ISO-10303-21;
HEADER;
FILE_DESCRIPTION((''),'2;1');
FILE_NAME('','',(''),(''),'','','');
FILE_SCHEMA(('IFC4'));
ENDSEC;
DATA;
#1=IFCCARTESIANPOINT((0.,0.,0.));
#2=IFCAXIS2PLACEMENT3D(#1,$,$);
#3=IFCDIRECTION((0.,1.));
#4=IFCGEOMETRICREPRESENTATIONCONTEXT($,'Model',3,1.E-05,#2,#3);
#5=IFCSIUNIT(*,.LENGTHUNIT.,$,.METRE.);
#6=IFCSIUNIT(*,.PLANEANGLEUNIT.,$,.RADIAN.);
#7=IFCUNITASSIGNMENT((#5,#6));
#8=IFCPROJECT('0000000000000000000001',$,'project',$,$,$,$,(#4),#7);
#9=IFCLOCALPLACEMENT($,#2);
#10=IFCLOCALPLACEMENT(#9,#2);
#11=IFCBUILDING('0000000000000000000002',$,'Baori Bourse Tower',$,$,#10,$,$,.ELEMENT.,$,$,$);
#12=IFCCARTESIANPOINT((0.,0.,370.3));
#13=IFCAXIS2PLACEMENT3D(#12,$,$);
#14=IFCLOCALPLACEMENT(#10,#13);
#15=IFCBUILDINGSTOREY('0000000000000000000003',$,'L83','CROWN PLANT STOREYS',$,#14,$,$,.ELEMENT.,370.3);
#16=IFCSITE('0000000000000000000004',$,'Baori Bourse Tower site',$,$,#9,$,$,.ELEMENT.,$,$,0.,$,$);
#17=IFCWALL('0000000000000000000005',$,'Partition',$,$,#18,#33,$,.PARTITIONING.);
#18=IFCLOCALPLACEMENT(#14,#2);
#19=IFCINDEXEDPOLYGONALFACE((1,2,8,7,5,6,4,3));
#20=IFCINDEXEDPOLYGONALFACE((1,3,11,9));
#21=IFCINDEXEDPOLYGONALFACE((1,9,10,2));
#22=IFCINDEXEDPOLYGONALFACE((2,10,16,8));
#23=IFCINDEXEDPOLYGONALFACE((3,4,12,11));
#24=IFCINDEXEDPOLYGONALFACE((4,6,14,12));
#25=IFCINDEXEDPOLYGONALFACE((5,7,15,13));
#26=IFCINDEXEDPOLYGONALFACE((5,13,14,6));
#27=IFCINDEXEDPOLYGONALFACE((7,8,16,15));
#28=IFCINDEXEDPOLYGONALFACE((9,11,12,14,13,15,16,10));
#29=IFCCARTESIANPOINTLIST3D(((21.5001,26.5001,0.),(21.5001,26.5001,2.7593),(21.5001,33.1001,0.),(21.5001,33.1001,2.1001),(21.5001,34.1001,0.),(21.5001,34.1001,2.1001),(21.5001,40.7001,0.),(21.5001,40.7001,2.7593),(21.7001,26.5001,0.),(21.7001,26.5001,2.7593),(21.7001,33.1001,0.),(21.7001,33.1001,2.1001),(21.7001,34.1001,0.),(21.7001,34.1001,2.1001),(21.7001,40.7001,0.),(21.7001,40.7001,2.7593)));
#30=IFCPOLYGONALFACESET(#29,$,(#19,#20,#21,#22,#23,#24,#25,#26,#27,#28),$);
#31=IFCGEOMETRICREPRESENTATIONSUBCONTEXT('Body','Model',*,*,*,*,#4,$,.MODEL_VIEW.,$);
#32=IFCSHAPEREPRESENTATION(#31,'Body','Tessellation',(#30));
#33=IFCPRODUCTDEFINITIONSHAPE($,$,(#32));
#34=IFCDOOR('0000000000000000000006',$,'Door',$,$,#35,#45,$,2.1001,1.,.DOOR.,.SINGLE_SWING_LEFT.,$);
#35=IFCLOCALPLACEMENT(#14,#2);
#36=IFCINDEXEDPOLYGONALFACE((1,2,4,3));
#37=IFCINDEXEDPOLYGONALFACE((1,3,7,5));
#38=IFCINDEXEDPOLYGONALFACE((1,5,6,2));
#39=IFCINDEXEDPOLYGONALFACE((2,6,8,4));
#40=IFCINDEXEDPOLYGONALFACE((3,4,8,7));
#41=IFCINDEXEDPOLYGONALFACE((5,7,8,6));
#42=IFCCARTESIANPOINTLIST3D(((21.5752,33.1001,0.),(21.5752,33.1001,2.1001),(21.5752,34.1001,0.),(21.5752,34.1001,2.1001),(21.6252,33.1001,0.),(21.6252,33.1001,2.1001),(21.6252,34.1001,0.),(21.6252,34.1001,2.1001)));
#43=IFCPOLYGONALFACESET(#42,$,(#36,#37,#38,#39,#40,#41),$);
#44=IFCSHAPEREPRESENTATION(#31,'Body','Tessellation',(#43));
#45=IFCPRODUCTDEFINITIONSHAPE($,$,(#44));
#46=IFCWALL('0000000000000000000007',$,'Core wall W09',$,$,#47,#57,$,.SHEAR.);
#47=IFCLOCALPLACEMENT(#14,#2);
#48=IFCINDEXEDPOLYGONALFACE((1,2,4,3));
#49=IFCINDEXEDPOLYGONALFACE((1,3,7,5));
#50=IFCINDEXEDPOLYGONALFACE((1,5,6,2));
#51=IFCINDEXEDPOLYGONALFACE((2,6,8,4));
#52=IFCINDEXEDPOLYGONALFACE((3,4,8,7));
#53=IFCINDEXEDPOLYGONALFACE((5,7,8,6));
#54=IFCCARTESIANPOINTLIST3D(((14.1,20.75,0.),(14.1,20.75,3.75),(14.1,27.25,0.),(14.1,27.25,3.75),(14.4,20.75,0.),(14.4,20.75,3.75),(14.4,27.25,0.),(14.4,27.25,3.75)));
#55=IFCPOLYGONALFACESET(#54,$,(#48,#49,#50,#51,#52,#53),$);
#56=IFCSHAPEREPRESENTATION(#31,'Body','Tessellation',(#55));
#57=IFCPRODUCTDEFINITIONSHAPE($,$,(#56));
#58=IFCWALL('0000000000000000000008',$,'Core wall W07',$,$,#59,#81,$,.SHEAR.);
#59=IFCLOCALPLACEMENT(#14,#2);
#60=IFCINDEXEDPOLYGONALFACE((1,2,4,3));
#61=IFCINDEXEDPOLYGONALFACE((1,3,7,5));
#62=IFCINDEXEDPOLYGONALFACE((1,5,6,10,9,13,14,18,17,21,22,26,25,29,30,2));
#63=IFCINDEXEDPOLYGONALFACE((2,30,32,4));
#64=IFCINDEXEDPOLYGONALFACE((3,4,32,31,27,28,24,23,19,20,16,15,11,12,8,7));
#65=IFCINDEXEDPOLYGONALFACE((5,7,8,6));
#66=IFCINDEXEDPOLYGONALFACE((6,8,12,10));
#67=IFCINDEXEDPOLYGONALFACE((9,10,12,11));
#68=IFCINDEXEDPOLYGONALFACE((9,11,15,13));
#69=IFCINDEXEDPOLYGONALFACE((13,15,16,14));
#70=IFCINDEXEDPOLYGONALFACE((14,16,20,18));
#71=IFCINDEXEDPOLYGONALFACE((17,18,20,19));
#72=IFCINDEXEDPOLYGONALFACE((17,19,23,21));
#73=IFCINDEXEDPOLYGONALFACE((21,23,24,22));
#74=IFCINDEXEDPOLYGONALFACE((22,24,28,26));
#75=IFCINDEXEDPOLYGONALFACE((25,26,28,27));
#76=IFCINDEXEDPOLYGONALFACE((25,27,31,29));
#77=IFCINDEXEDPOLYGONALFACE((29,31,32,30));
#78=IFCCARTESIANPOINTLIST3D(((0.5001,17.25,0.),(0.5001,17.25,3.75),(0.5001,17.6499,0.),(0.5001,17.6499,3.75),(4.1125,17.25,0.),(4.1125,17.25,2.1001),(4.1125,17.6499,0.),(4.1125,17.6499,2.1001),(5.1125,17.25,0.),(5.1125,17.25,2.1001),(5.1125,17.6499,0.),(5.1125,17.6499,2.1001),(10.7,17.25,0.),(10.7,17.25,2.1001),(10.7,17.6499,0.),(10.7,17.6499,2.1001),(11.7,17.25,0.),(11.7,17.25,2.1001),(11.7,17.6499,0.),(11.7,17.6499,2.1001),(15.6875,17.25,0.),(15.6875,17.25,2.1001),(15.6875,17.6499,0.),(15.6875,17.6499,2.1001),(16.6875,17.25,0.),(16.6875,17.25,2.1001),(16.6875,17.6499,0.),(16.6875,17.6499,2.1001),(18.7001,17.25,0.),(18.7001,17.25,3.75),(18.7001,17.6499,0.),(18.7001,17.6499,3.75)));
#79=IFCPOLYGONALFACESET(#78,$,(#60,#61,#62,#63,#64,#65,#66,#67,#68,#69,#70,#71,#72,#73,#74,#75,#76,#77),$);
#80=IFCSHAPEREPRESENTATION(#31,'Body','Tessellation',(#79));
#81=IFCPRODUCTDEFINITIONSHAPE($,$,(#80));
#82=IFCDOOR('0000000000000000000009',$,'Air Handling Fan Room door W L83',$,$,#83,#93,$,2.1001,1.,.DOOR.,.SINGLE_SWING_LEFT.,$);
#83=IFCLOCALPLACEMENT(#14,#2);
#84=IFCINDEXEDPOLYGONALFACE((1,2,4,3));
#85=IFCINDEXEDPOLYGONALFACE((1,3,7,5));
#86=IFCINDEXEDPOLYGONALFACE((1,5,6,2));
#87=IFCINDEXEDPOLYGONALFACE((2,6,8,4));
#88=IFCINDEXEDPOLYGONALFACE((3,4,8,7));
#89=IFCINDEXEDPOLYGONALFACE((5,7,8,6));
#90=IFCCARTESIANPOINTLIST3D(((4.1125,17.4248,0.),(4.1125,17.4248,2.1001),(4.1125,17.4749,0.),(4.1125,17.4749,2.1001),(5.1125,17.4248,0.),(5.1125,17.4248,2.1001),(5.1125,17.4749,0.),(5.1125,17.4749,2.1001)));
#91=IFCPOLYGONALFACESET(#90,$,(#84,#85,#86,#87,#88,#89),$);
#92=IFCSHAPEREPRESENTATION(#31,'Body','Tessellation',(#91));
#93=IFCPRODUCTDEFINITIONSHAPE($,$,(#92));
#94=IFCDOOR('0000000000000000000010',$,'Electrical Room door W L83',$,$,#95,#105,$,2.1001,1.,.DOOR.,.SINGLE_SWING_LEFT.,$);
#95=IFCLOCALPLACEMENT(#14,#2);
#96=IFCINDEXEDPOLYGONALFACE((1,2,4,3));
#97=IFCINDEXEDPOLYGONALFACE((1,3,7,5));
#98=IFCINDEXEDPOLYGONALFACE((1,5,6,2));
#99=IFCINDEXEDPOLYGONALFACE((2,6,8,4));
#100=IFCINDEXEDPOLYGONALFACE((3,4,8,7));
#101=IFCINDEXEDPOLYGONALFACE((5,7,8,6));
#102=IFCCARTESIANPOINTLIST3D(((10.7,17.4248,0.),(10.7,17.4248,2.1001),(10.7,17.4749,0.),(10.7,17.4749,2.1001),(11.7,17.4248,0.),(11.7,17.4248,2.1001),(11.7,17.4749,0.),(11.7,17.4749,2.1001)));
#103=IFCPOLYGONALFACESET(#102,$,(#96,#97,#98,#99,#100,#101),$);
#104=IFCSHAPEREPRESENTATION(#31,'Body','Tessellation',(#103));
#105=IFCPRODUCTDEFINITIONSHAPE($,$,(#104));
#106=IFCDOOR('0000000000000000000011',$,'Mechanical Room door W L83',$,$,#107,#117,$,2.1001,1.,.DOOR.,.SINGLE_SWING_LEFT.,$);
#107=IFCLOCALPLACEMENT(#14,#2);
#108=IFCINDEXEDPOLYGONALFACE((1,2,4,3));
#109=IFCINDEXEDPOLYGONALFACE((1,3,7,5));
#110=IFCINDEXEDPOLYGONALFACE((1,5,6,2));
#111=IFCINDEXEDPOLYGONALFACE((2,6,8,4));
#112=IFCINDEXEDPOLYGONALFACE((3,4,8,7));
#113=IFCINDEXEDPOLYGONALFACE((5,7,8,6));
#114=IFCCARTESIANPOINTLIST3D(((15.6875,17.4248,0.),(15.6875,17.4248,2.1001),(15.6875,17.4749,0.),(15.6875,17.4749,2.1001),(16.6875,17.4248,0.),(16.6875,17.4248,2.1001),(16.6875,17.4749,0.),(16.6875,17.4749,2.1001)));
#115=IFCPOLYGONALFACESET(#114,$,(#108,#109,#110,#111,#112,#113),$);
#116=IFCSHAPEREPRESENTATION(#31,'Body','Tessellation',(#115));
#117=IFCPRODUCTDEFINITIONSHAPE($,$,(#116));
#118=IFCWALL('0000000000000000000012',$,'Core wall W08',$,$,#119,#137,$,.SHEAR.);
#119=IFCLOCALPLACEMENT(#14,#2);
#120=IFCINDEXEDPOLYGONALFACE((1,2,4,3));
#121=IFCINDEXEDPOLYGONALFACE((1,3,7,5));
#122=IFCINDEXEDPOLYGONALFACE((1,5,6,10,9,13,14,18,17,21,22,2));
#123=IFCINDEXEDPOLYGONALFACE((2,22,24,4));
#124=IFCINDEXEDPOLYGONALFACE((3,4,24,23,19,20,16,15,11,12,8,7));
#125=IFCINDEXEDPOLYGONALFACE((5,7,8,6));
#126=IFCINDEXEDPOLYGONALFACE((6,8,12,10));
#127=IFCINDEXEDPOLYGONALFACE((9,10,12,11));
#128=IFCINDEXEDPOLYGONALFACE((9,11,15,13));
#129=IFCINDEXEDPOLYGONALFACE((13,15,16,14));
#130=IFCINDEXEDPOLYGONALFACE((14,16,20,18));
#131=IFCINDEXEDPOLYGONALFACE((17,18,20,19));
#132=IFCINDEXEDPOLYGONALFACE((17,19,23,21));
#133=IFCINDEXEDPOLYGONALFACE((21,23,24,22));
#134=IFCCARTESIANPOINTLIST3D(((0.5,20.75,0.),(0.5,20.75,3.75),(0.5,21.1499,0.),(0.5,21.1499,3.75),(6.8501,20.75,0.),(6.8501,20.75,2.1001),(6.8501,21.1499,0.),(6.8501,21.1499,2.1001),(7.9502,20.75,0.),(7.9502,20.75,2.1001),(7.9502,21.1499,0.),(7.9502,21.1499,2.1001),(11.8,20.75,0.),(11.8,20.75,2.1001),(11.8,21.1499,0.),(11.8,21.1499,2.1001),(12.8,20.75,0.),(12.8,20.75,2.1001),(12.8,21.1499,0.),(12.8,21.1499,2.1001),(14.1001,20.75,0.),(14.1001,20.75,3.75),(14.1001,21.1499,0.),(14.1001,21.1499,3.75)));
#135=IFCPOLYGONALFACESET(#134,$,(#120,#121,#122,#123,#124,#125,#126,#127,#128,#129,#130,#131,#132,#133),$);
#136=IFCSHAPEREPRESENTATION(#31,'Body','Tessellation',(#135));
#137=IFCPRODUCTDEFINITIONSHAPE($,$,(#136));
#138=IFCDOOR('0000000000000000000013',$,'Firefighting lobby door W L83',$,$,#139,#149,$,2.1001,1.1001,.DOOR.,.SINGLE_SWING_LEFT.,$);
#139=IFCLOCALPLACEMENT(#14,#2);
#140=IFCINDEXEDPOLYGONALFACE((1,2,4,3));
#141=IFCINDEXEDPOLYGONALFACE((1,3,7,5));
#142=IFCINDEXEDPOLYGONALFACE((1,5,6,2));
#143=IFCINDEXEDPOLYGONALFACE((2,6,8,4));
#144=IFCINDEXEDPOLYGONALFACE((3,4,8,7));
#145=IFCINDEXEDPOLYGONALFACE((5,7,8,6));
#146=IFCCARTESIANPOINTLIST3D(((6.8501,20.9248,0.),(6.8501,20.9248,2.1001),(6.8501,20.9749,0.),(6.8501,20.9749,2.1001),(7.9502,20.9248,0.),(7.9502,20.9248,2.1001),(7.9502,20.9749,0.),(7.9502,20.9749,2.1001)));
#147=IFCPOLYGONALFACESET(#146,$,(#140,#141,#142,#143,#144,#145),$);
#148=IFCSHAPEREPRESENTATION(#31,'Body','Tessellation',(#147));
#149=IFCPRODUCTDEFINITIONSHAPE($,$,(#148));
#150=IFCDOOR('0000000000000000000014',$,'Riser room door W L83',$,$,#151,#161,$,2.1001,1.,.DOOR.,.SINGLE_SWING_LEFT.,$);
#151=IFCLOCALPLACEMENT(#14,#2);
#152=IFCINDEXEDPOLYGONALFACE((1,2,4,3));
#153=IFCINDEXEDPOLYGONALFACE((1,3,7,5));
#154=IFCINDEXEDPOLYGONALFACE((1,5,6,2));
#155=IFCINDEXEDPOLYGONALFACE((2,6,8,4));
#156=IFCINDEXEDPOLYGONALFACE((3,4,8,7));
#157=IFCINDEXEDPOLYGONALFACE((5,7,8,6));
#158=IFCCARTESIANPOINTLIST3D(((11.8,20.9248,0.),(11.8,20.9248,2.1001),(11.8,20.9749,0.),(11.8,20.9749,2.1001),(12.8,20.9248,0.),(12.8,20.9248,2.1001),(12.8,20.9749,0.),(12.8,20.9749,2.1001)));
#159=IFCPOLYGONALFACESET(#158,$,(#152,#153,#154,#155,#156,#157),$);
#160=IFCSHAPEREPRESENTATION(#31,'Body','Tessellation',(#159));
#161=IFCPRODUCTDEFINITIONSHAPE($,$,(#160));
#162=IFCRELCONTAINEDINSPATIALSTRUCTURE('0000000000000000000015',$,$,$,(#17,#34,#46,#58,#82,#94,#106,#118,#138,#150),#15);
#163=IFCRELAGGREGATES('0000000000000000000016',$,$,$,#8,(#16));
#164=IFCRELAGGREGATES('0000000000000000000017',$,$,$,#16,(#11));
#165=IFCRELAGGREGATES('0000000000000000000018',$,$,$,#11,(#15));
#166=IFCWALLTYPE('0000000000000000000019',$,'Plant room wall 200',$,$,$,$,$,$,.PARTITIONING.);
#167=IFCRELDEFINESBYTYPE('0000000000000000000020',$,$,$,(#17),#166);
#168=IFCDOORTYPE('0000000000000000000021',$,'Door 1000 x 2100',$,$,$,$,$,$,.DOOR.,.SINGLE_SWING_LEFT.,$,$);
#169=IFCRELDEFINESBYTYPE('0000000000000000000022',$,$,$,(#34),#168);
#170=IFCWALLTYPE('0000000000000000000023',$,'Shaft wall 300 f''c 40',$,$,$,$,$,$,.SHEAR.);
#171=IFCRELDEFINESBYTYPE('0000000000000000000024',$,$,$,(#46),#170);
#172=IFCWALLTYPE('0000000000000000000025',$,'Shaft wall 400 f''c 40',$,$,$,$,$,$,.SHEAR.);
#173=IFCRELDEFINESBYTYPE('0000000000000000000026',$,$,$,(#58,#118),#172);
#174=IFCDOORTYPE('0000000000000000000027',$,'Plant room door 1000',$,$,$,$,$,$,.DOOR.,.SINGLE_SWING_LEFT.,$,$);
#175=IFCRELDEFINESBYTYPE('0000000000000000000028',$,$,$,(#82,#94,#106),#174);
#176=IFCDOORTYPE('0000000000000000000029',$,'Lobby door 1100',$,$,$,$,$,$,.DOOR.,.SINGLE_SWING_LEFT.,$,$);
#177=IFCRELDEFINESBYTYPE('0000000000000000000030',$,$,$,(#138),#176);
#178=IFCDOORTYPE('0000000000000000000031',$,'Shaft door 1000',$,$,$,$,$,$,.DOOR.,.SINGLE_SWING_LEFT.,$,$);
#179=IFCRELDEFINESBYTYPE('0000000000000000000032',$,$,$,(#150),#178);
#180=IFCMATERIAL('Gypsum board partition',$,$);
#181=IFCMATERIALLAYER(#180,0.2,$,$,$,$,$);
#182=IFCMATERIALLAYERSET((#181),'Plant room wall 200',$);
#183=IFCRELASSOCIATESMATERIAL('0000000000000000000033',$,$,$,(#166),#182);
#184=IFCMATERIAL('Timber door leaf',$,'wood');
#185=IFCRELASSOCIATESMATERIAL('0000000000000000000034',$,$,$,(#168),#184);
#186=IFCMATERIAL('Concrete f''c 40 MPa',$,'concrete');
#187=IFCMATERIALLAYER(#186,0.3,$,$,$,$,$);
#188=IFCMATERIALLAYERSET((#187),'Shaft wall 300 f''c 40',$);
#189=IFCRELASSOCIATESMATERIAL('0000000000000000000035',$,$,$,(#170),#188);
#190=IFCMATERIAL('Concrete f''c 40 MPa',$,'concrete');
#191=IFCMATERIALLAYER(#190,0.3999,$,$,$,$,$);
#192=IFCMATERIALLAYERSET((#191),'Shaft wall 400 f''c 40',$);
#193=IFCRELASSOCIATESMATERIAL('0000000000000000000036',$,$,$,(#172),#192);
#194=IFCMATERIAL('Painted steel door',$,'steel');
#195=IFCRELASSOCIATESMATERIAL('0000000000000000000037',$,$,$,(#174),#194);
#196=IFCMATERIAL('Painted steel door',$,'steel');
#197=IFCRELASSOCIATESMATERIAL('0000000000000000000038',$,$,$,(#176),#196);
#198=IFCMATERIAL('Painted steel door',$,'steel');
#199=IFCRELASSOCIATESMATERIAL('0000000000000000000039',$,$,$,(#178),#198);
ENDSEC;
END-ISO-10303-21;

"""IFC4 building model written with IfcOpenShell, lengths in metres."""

from ifc_helpers import new_model, si_unit, direction, frame, frame_2d, origin, place, context, subcontext, project, spatial, rectangle, extrude, material, layer, layer_set, type_object, element, fill, save


model = new_model("IFC4")

# Units and contexts
model_context = context("Model", 3, precision=1e-05, world=origin(), true_north=direction((0.0, 1.0)))
body_context = subcontext(model_context, "Body", "Model", "MODEL_VIEW")
ifc_project = project(units=[si_unit("LENGTHUNIT", "METRE"), si_unit("PLANEANGLEUNIT", "RADIAN")], contexts=[model_context])

# Site, building, storey
site_placement = place(None, origin())
site = spatial("IfcSite", under=ifc_project, at=site_placement, Name="Baori Bourse Tower site", CompositionType="ELEMENT", RefElevation=0.0)
building_placement = place(site_placement, origin())
building = spatial("IfcBuilding", under=site, at=building_placement, Name="Baori Bourse Tower", CompositionType="ELEMENT")
storey_placement = place(building_placement, frame((0.0, 0.0, 370.3)))
storey = spatial("IfcBuildingStorey", under=building, at=storey_placement, Name="L83", Description="CROWN PLANT STOREYS", CompositionType="ELEMENT", Elevation=370.3)

# Shared definitions
ifc_material_1 = material(Name="Gypsum board partition")
ifc_layer_1 = layer(ifc_material_1, 0.2)
ifc_layer_set_1 = layer_set([ifc_layer_1], Name="Plant room wall 200")
wall_type_1 = type_object("IfcWallType", Name="Plant room wall 200", PredefinedType="PARTITIONING", material=ifc_layer_set_1)

# Wall, opening, door
ifc_material_2 = material(Name="Timber door leaf", Category="wood")
door_type_1 = type_object("IfcDoorType", Name="Door 1000 x 2100", OperationType="SINGLE_SWING_LEFT", PredefinedType="DOOR", material=ifc_material_2)
wall_1_placement = place(storey_placement, frame((21.6001, 26.5, 0.0), z_axis=(0.0, 0.0, 1.0), x_axis=(0.0, 1.0, 0.0)))
wall_1 = element("IfcWall", 1, at=wall_1_placement, inside=storey, type_object=wall_type_1, Name="Partition", PredefinedType="PARTITIONING", context=body_context, shape_type="SweptSolid", body=[
    extrude(rectangle(XDim=14.2, YDim=0.2, at=frame_2d((7.1001, 0.0))), origin(), (0.0, 0.0, 1.0), 2.7593),
])
opening_1_placement = place(wall_1_placement, frame((6.6001, 0.0, 0.0)))
opening_1 = element("IfcOpeningElement", 2, at=opening_1_placement, cuts=wall_1, PredefinedType="OPENING", context=body_context, shape_type="SweptSolid", body=[
    extrude(rectangle(XDim=1.0, YDim=2.1001, at=frame_2d((0.5, 1.05))), frame((0.0, 0.1099, 0.0), z_axis=(0.0, -1.0, 0.0), x_axis=(1.0, 0.0, 0.0)), (0.0, 0.0, 1.0), 0.22),
])
door_1_placement = place(opening_1_placement, origin())
door_1 = element("IfcDoor", 3, at=door_1_placement, inside=storey, type_object=door_type_1, Name="Door", OperationType="SINGLE_SWING_LEFT", OverallHeight=2.1001, OverallWidth=1.0, PredefinedType="DOOR", context=body_context, shape_type="SweptSolid", body=[
    extrude(rectangle(XDim=1.0, YDim=2.1001, at=frame_2d((0.5, 1.05))), frame((0.0, 0.0249, 0.0), z_axis=(0.0, -1.0, 0.0), x_axis=(1.0, 0.0, 0.0)), (0.0, 0.0, 1.0), 0.05),
])
fill(opening_1, door_1)

# Wall
ifc_material_3 = material(Name="Concrete f'c 40 MPa", Category="concrete")
ifc_layer_2 = layer(ifc_material_3, 0.3)
ifc_layer_set_2 = layer_set([ifc_layer_2], Name="Shaft wall 300 f'c 40")
wall_type_2 = type_object("IfcWallType", Name="Shaft wall 300 f'c 40", PredefinedType="SHEAR", material=ifc_layer_set_2)
wall_2_placement = place(storey_placement, frame((14.25, 20.75, 0.0), z_axis=(0.0, 0.0, 1.0), x_axis=(0.0, 1.0, 0.0)))
element("IfcWall", 4, at=wall_2_placement, inside=storey, type_object=wall_type_2, Name="Core wall W09", PredefinedType="SHEAR", context=body_context, shape_type="SweptSolid", body=[
    extrude(rectangle(XDim=6.5, YDim=0.3, at=frame_2d((3.25, 0.0))), origin(), (0.0, 0.0, 1.0), 3.75),
])

# Walls, openings, doors
ifc_material_4 = material(Name="Concrete f'c 40 MPa", Category="concrete")
ifc_layer_3 = layer(ifc_material_4, 0.3999)
ifc_layer_set_3 = layer_set([ifc_layer_3], Name="Shaft wall 400 f'c 40")
wall_type_3 = type_object("IfcWallType", Name="Shaft wall 400 f'c 40", PredefinedType="SHEAR", material=ifc_layer_set_3)
wall_3_placement = place(storey_placement, frame((0.5, 17.45, 0.0), z_axis=(0.0, 0.0, 1.0), x_axis=(1.0, 0.0, 0.0)))
wall_3 = element("IfcWall", 5, at=wall_3_placement, inside=storey, type_object=wall_type_3, Name="Core wall W07", PredefinedType="SHEAR", context=body_context, shape_type="SweptSolid", body=[
    extrude(rectangle(XDim=18.2, YDim=0.3999, at=frame_2d((9.1001, 0.0))), origin(), (0.0, 0.0, 1.0), 3.75),
])
opening_2_placement = place(wall_3_placement, frame((3.6125, 0.0, 0.0)))
opening_2 = element("IfcOpeningElement", 6, at=opening_2_placement, cuts=wall_3, PredefinedType="OPENING", context=body_context, shape_type="SweptSolid", body=[
    extrude(rectangle(XDim=1.0, YDim=2.1001, at=frame_2d((0.5, 1.05))), frame((0.0, 0.21, 0.0), z_axis=(0.0, -1.0, 0.0), x_axis=(1.0, 0.0, 0.0)), (0.0, 0.0, 1.0), 0.4199),
])
opening_3_placement = place(wall_3_placement, frame((10.2, 0.0, 0.0)))
opening_3 = element("IfcOpeningElement", 7, at=opening_3_placement, cuts=wall_3, PredefinedType="OPENING", context=body_context, shape_type="SweptSolid", body=[
    extrude(rectangle(XDim=1.0, YDim=2.1001, at=frame_2d((0.5, 1.05))), frame((0.0, 0.21, 0.0), z_axis=(0.0, -1.0, 0.0), x_axis=(1.0, 0.0, 0.0)), (0.0, 0.0, 1.0), 0.4199),
])
opening_4_placement = place(wall_3_placement, frame((15.1875, 0.0, 0.0)))
opening_4 = element("IfcOpeningElement", 8, at=opening_4_placement, cuts=wall_3, PredefinedType="OPENING", context=body_context, shape_type="SweptSolid", body=[
    extrude(rectangle(XDim=1.0, YDim=2.1001, at=frame_2d((0.5, 1.05))), frame((0.0, 0.21, 0.0), z_axis=(0.0, -1.0, 0.0), x_axis=(1.0, 0.0, 0.0)), (0.0, 0.0, 1.0), 0.4199),
])
ifc_material_5 = material(Name="Painted steel door", Category="steel")
door_type_2 = type_object("IfcDoorType", Name="Plant room door 1000", OperationType="SINGLE_SWING_LEFT", PredefinedType="DOOR", material=ifc_material_5)
door_2_placement = place(opening_2_placement, origin())
door_2 = element("IfcDoor", 9, at=door_2_placement, inside=storey, type_object=door_type_2, Name="Air Handling Fan Room door W L83", OperationType="SINGLE_SWING_LEFT", OverallHeight=2.1001, OverallWidth=1.0, PredefinedType="DOOR", context=body_context, shape_type="SweptSolid", body=[
    extrude(rectangle(XDim=1.0, YDim=2.1001, at=frame_2d((0.5, 1.05))), frame((0.0, 0.0249, 0.0), z_axis=(0.0, -1.0, 0.0), x_axis=(1.0, 0.0, 0.0)), (0.0, 0.0, 1.0), 0.05),
])
fill(opening_2, door_2)
door_3_placement = place(opening_3_placement, origin())
door_3 = element("IfcDoor", 10, at=door_3_placement, inside=storey, type_object=door_type_2, Name="Electrical Room door W L83", OperationType="SINGLE_SWING_LEFT", OverallHeight=2.1001, OverallWidth=1.0, PredefinedType="DOOR", context=body_context, shape_type="SweptSolid", body=[
    extrude(rectangle(XDim=1.0, YDim=2.1001, at=frame_2d((0.5, 1.05))), frame((0.0, 0.0249, 0.0), z_axis=(0.0, -1.0, 0.0), x_axis=(1.0, 0.0, 0.0)), (0.0, 0.0, 1.0), 0.05),
])
fill(opening_3, door_3)
door_4_placement = place(opening_4_placement, origin())
door_4 = element("IfcDoor", 11, at=door_4_placement, inside=storey, type_object=door_type_2, Name="Mechanical Room door W L83", OperationType="SINGLE_SWING_LEFT", OverallHeight=2.1001, OverallWidth=1.0, PredefinedType="DOOR", context=body_context, shape_type="SweptSolid", body=[
    extrude(rectangle(XDim=1.0, YDim=2.1001, at=frame_2d((0.5, 1.05))), frame((0.0, 0.0249, 0.0), z_axis=(0.0, -1.0, 0.0), x_axis=(1.0, 0.0, 0.0)), (0.0, 0.0, 1.0), 0.05),
])
fill(opening_4, door_4)
wall_4_placement = place(storey_placement, frame((0.5, 20.95, 0.0), z_axis=(0.0, 0.0, 1.0), x_axis=(1.0, 0.0, 0.0)))
wall_4 = element("IfcWall", 12, at=wall_4_placement, inside=storey, type_object=wall_type_3, Name="Core wall W08", PredefinedType="SHEAR", context=body_context, shape_type="SweptSolid", body=[
    extrude(rectangle(XDim=13.6001, YDim=0.3999, at=frame_2d((6.8, 0.0))), origin(), (0.0, 0.0, 1.0), 3.75),
])
opening_5_placement = place(wall_4_placement, frame((6.3501, 0.0, 0.0)))
opening_5 = element("IfcOpeningElement", 13, at=opening_5_placement, cuts=wall_4, PredefinedType="OPENING", context=body_context, shape_type="SweptSolid", body=[
    extrude(rectangle(XDim=1.1001, YDim=2.1001, at=frame_2d((0.55, 1.05))), frame((0.0, 0.21, 0.0), z_axis=(0.0, -1.0, 0.0), x_axis=(1.0, 0.0, 0.0)), (0.0, 0.0, 1.0), 0.4199),
])
opening_6_placement = place(wall_4_placement, frame((11.3, 0.0, 0.0)))
opening_6 = element("IfcOpeningElement", 14, at=opening_6_placement, cuts=wall_4, PredefinedType="OPENING", context=body_context, shape_type="SweptSolid", body=[
    extrude(rectangle(XDim=1.0, YDim=2.1001, at=frame_2d((0.5, 1.05))), frame((0.0, 0.21, 0.0), z_axis=(0.0, -1.0, 0.0), x_axis=(1.0, 0.0, 0.0)), (0.0, 0.0, 1.0), 0.4199),
])
ifc_material_6 = material(Name="Painted steel door", Category="steel")
door_type_3 = type_object("IfcDoorType", Name="Lobby door 1100", OperationType="SINGLE_SWING_LEFT", PredefinedType="DOOR", material=ifc_material_6)
door_5_placement = place(opening_5_placement, origin())
door_5 = element("IfcDoor", 15, at=door_5_placement, inside=storey, type_object=door_type_3, Name="Firefighting lobby door W L83", OperationType="SINGLE_SWING_LEFT", OverallHeight=2.1001, OverallWidth=1.1001, PredefinedType="DOOR", context=body_context, shape_type="SweptSolid", body=[
    extrude(rectangle(XDim=1.1001, YDim=2.1001, at=frame_2d((0.55, 1.05))), frame((0.0, 0.0249, 0.0), z_axis=(0.0, -1.0, 0.0), x_axis=(1.0, 0.0, 0.0)), (0.0, 0.0, 1.0), 0.05),
])
fill(opening_5, door_5)
ifc_material_7 = material(Name="Painted steel door", Category="steel")
door_type_4 = type_object("IfcDoorType", Name="Shaft door 1000", OperationType="SINGLE_SWING_LEFT", PredefinedType="DOOR", material=ifc_material_7)
door_6_placement = place(opening_6_placement, origin())
door_6 = element("IfcDoor", 16, at=door_6_placement, inside=storey, type_object=door_type_4, Name="Riser room door W L83", OperationType="SINGLE_SWING_LEFT", OverallHeight=2.1001, OverallWidth=1.0, PredefinedType="DOOR", context=body_context, shape_type="SweptSolid", body=[
    extrude(rectangle(XDim=1.0, YDim=2.1001, at=frame_2d((0.5, 1.05))), frame((0.0, 0.0249, 0.0), z_axis=(0.0, -1.0, 0.0), x_axis=(1.0, 0.0, 0.0)), (0.0, 0.0, 1.0), 0.05),
])
fill(opening_6, door_6)

save(model, "model.ifc")
